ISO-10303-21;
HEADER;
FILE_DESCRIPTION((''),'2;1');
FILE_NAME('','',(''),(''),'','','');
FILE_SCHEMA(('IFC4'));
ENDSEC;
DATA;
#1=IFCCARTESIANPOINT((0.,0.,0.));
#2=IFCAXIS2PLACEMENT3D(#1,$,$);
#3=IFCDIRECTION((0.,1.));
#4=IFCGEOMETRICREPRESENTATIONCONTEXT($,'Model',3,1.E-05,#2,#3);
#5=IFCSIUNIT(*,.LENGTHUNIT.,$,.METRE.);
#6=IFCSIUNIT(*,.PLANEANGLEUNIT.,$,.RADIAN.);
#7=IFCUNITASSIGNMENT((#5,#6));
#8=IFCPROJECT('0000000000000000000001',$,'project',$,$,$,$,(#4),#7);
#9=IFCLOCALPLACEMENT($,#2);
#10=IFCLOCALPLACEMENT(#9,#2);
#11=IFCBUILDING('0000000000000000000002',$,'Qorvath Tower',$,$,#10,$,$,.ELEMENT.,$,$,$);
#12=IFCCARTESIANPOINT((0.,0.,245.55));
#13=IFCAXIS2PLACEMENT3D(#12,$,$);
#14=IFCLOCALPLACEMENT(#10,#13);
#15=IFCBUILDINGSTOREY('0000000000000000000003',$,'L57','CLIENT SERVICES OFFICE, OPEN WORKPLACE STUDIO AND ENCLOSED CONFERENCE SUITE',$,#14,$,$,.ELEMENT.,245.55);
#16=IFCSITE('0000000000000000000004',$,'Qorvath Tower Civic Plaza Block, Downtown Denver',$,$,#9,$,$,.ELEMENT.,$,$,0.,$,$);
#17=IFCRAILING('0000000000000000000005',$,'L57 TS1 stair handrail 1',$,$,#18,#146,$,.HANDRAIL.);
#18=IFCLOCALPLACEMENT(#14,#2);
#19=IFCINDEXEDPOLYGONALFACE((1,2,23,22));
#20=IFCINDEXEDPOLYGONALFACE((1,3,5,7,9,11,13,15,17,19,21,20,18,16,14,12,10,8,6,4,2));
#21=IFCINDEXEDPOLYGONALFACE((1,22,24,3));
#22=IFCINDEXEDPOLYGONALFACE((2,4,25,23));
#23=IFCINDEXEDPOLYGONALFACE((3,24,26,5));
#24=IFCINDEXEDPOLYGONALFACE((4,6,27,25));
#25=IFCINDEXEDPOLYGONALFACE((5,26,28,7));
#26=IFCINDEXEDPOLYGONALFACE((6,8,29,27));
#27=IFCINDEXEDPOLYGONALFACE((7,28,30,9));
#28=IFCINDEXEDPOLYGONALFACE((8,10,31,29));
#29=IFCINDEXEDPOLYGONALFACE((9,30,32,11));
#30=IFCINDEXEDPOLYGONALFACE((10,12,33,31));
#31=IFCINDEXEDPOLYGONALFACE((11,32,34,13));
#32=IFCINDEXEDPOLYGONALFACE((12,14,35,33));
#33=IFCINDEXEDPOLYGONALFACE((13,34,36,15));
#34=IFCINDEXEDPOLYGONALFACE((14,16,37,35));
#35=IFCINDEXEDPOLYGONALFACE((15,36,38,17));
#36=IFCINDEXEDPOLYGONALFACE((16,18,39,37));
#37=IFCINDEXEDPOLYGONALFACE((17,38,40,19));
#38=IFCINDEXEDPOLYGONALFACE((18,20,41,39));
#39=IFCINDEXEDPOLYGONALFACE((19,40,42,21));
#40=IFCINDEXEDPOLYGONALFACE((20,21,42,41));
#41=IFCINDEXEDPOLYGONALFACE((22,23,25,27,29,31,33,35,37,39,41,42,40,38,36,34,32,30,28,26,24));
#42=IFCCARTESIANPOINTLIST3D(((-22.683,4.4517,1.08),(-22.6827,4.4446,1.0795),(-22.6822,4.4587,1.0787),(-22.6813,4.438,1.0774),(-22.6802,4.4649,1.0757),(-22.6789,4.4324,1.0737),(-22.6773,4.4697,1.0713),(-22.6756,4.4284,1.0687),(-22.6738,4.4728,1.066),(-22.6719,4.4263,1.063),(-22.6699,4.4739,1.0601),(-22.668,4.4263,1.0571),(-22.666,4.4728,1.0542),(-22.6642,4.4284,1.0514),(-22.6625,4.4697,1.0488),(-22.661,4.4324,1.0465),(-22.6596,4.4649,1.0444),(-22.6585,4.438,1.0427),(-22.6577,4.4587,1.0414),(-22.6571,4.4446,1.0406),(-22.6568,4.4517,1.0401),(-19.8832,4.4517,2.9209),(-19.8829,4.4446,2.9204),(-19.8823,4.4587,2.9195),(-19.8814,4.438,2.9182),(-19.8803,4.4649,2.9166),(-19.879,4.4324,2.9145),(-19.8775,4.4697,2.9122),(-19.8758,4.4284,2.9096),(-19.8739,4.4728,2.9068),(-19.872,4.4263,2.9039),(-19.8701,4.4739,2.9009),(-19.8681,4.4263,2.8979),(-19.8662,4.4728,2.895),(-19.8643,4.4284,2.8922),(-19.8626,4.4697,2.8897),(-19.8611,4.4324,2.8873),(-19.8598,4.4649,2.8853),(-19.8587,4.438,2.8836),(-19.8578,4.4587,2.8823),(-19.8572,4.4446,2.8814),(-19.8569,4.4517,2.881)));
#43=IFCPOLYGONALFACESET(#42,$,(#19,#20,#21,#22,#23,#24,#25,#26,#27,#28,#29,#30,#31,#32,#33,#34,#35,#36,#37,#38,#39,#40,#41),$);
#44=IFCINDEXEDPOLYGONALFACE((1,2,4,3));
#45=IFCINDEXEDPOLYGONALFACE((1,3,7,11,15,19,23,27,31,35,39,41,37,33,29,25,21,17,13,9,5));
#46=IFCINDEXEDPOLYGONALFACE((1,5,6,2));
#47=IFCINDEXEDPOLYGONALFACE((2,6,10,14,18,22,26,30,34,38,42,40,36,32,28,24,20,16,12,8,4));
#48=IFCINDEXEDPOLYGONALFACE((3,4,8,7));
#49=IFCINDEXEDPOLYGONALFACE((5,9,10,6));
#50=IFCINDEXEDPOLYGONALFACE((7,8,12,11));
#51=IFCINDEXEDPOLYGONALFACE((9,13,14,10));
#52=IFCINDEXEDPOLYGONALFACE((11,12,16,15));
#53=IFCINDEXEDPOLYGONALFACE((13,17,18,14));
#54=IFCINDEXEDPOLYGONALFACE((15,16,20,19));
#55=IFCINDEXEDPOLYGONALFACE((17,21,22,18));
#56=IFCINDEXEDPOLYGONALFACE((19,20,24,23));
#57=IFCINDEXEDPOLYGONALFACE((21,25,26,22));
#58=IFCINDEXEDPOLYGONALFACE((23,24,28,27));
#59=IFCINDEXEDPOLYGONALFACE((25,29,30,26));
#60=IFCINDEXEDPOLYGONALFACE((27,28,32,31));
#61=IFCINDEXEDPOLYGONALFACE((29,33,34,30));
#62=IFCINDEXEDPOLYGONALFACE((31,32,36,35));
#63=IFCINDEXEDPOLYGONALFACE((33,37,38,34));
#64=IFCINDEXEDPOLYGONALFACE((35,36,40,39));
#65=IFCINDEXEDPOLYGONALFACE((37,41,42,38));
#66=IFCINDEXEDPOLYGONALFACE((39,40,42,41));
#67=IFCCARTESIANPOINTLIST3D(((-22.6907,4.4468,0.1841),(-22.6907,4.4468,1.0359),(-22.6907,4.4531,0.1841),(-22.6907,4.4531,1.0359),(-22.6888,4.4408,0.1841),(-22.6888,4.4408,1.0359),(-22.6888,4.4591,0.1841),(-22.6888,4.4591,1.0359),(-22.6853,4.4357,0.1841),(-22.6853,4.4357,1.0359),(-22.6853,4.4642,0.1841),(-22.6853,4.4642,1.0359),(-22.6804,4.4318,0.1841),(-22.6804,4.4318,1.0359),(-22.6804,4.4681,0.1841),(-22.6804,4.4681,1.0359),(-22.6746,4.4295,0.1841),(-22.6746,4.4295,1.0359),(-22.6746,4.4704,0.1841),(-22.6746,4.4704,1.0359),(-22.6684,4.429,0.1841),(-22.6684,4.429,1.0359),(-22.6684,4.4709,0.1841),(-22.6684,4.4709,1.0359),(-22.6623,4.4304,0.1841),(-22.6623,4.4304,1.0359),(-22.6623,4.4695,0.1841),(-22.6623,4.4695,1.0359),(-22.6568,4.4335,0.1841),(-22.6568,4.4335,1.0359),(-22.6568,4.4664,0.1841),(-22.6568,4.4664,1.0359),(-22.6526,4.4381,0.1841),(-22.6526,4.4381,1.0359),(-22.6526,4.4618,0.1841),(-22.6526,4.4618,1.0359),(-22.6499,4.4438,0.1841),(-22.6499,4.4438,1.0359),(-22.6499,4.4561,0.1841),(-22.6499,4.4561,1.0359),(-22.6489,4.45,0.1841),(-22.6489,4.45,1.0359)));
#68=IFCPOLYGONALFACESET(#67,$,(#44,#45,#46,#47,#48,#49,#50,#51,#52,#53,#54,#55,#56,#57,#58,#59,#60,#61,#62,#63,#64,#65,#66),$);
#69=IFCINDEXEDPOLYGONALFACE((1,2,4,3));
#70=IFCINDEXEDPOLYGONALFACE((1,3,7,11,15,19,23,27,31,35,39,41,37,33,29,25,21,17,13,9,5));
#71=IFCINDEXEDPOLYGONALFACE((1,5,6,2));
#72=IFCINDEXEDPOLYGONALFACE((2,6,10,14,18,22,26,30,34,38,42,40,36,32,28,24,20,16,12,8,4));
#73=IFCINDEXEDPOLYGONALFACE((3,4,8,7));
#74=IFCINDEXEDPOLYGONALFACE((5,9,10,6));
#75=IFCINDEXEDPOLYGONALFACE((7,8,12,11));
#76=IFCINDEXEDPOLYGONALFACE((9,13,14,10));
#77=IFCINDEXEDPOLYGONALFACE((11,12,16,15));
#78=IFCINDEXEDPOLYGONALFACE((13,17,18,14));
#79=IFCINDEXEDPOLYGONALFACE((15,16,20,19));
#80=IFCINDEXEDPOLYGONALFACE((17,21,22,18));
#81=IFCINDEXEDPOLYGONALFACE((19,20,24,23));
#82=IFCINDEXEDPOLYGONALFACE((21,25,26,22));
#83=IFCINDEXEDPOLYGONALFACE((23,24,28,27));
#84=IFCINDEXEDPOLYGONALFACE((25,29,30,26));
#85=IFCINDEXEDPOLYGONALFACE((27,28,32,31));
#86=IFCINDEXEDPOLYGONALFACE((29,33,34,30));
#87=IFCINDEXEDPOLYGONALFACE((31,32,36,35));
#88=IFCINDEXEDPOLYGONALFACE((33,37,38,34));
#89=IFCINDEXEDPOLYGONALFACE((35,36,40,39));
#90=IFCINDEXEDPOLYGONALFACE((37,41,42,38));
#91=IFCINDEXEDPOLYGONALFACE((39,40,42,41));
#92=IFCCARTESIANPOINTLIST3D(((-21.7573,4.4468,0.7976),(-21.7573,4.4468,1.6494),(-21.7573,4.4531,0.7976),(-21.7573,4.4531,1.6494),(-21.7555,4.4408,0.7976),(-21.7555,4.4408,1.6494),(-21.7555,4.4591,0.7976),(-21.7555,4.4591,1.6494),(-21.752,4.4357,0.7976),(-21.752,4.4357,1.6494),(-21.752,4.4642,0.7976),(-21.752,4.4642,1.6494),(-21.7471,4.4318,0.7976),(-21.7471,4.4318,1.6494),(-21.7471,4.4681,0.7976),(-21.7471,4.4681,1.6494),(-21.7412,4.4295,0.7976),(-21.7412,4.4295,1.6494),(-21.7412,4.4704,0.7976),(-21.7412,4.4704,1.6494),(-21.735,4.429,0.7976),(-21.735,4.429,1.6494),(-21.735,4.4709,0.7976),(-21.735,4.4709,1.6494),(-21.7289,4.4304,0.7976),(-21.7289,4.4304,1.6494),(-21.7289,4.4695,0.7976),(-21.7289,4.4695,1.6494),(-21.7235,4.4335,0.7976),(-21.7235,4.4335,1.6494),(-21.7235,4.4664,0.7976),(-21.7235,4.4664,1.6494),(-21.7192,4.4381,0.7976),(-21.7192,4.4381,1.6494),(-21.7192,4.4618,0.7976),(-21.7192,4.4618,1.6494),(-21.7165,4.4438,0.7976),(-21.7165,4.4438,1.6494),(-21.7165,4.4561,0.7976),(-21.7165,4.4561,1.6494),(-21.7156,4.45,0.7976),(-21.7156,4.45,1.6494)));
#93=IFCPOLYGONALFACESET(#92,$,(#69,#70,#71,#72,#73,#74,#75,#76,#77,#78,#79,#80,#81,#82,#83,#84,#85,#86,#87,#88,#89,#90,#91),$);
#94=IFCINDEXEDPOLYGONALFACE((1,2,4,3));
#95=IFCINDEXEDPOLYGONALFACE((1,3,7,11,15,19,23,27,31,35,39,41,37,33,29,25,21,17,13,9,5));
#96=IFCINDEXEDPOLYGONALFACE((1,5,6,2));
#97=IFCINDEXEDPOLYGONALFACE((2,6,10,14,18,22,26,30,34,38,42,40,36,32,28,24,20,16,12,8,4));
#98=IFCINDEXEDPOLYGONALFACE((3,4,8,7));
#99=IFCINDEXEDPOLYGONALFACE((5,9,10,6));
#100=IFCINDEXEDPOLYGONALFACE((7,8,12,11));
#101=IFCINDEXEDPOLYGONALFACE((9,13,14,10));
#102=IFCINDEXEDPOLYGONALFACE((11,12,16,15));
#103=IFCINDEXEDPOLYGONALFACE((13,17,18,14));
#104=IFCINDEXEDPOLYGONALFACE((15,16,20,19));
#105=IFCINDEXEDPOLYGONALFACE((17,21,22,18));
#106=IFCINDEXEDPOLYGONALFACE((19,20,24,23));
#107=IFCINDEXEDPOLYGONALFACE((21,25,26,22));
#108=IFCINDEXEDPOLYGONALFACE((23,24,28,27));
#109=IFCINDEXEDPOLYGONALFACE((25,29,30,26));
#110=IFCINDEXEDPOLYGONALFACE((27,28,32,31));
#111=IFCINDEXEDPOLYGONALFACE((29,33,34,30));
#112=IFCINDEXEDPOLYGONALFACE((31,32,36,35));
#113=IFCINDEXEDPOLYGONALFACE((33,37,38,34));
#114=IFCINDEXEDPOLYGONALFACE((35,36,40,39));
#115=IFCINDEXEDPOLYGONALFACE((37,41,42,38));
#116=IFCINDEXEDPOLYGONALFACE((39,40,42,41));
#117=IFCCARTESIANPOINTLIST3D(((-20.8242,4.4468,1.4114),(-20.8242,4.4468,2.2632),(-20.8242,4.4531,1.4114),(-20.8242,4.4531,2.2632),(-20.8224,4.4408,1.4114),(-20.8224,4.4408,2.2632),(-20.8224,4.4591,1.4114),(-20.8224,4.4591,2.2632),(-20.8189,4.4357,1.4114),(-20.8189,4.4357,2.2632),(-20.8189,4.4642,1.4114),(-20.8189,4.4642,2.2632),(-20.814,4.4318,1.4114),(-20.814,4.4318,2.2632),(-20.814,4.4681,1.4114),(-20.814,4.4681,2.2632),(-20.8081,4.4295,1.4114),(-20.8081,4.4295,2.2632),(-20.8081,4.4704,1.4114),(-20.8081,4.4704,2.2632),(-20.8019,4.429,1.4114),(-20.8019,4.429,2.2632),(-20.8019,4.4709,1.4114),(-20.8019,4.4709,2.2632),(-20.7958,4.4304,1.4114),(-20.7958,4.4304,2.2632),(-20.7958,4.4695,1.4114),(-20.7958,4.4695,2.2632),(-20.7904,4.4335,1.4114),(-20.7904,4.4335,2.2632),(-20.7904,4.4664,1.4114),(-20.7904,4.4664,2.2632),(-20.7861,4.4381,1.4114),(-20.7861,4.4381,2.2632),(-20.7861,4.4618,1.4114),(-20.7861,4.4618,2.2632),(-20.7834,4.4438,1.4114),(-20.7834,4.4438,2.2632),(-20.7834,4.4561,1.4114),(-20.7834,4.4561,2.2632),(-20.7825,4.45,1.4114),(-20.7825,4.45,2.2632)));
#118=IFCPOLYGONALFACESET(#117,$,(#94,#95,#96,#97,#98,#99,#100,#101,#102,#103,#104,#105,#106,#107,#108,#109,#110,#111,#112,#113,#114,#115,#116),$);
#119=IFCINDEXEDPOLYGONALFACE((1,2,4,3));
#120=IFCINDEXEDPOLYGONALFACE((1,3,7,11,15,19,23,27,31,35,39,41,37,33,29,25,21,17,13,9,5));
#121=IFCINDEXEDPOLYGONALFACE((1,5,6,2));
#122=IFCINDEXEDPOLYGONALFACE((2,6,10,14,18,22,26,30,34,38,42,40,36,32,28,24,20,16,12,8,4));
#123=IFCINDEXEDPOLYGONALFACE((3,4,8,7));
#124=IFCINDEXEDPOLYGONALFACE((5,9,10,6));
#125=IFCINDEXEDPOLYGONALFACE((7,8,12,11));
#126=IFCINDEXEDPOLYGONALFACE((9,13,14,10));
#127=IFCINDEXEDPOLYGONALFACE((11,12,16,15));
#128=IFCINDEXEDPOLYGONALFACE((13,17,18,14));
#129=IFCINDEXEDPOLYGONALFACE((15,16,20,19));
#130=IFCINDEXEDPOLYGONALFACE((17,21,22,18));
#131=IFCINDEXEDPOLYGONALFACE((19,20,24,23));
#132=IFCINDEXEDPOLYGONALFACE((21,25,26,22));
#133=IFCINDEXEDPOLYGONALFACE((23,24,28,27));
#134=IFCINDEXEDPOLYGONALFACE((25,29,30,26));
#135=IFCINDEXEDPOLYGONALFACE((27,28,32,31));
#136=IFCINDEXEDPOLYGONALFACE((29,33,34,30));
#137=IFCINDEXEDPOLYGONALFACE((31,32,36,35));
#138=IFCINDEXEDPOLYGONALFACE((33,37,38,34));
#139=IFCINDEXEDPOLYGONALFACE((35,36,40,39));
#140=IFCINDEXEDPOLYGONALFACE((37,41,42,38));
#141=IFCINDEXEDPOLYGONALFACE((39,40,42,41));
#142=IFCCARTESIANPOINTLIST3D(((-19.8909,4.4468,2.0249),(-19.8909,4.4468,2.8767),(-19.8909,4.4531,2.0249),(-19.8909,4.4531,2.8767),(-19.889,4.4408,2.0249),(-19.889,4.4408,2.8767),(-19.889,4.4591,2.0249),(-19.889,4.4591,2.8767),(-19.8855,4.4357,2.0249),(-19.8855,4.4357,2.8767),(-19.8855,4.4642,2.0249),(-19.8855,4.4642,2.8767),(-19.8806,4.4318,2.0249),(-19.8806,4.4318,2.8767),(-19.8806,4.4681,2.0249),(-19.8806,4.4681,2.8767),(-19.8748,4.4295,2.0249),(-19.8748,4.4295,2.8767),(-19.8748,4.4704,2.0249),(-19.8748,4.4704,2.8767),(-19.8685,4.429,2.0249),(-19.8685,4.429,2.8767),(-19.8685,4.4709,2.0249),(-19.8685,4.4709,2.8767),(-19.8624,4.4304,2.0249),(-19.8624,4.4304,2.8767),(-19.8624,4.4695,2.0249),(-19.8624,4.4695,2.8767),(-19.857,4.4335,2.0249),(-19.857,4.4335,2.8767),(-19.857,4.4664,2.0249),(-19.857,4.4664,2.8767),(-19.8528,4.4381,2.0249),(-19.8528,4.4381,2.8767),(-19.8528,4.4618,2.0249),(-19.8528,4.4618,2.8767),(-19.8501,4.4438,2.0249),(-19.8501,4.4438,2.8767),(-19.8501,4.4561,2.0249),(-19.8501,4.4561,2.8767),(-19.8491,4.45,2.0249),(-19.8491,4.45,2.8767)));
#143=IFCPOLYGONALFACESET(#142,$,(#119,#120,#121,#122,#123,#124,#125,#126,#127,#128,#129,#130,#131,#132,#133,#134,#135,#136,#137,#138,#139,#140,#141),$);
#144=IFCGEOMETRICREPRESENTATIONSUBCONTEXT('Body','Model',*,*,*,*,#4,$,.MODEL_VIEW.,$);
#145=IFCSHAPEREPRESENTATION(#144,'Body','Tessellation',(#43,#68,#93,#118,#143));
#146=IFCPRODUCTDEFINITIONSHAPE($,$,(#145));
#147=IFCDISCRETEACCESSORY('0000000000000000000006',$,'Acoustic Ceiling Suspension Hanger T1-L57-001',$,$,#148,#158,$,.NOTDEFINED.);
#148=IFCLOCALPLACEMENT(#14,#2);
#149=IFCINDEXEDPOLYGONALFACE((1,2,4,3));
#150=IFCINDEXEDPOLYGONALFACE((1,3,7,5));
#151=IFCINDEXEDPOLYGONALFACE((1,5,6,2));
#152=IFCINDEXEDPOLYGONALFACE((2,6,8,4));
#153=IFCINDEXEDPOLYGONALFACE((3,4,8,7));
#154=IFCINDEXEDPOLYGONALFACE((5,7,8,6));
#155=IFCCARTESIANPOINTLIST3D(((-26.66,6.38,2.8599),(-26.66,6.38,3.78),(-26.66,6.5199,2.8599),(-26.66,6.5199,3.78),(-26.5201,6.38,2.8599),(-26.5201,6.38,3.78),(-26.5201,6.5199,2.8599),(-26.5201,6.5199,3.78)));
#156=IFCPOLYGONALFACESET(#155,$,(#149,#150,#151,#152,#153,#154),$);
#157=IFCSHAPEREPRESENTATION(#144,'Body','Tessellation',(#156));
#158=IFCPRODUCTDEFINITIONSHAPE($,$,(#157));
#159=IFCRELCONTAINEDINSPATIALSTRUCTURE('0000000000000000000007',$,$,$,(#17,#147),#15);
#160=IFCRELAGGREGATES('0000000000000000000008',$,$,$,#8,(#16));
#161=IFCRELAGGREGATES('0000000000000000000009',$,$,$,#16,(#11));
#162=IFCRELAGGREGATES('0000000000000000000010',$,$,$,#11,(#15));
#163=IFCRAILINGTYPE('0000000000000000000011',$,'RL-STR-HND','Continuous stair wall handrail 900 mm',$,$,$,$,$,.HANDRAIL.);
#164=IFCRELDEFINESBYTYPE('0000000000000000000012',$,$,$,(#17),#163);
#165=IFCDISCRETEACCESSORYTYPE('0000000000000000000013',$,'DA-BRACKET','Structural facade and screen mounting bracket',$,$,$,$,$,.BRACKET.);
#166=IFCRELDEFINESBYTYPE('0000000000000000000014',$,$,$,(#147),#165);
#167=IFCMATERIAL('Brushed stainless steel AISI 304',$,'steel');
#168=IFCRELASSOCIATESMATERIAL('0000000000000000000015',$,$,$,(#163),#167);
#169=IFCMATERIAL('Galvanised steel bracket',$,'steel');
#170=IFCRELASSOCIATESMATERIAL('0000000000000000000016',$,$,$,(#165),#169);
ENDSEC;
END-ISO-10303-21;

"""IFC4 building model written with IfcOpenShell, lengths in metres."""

from ifc_helpers import new_model, si_unit, direction, frame, origin, origin_2d, place, context, subcontext, project, spatial, rectangle, circle, extrude, material, type_object, element, save


model = new_model("IFC4")

# Units and contexts
model_context = context("Model", 3, precision=1e-05, world=origin(), true_north=direction((0.0, 1.0)))
body_context = subcontext(model_context, "Body", "Model", "MODEL_VIEW")
ifc_project = project(units=[si_unit("LENGTHUNIT", "METRE"), si_unit("PLANEANGLEUNIT", "RADIAN")], contexts=[model_context])

# Site, building, storey
site_placement = place(None, origin())
site = spatial("IfcSite", under=ifc_project, at=site_placement, Name="Qorvath Tower Civic Plaza Block, Downtown Denver", CompositionType="ELEMENT", RefElevation=0.0)
building_placement = place(site_placement, origin())
building = spatial("IfcBuilding", under=site, at=building_placement, Name="Qorvath Tower", CompositionType="ELEMENT")
storey_placement = place(building_placement, frame((0.0, 0.0, 245.55)))
storey = spatial("IfcBuildingStorey", under=building, at=storey_placement, Name="L57", Description="CLIENT SERVICES OFFICE, OPEN WORKPLACE STUDIO AND ENCLOSED CONFERENCE SUITE", CompositionType="ELEMENT", Elevation=245.55)

# Railing
ifc_material_1 = material(Name="Brushed stainless steel AISI 304", Category="steel")
railing_type_1 = type_object("IfcRailingType", Name="RL-STR-HND", Description="Continuous stair wall handrail 900 mm", PredefinedType="HANDRAIL", material=ifc_material_1)
railing_1_placement = place(storey_placement, frame((-22.6699, 4.45, 0.1841)))
element("IfcRailing", 1, at=railing_1_placement, inside=storey, type_object=railing_type_1, Name="L57 TS1 stair handrail 1", PredefinedType="HANDRAIL", context=body_context, shape_type="SweptSolid", body=[
    extrude(circle(Radius=0.0239, at=origin_2d()), frame((0.0, 0.0, 0.876), z_axis=(0.835576, 0.0, 0.549376), x_axis=(0.0, 1.0, 0.0)), (0.0, 0.0, 1.0), 3.3508),
    extrude(circle(Radius=0.021, at=origin_2d()), origin(), (0.0, 0.0, 1.0), 0.8518),
    extrude(circle(Radius=0.021, at=origin_2d()), frame((0.9333, 0.0, 0.6135)), (0.0, 0.0, 1.0), 0.8518),
    extrude(circle(Radius=0.021, at=origin_2d()), frame((1.8665, 0.0, 1.2273)), (0.0, 0.0, 1.0), 0.8518),
    extrude(circle(Radius=0.021, at=origin_2d()), frame((2.7998, 0.0, 1.8408)), (0.0, 0.0, 1.0), 0.8518),
])

# Discrete accessory
ifc_material_2 = material(Name="Galvanised steel bracket", Category="steel")
discrete_accessory_type = type_object("IfcDiscreteAccessoryType", Name="DA-BRACKET", Description="Structural facade and screen mounting bracket", PredefinedType="BRACKET", material=ifc_material_2)
discrete_accessory_placement = place(storey_placement, frame((-26.5901, 6.45, 2.8599), z_axis=(0.0, 0.0, 1.0), x_axis=(1.0, 0.0, 0.0)))
element("IfcDiscreteAccessory", 2, at=discrete_accessory_placement, inside=storey, type_object=discrete_accessory_type, Name="Acoustic Ceiling Suspension Hanger T1-L57-001", PredefinedType="NOTDEFINED", context=body_context, shape_type="SweptSolid", body=[
    extrude(rectangle(XDim=0.1399, YDim=0.1399, at=origin_2d()), origin(), (0.0, 0.0, 1.0), 0.9202),
])

save(model, "model.ifc")
